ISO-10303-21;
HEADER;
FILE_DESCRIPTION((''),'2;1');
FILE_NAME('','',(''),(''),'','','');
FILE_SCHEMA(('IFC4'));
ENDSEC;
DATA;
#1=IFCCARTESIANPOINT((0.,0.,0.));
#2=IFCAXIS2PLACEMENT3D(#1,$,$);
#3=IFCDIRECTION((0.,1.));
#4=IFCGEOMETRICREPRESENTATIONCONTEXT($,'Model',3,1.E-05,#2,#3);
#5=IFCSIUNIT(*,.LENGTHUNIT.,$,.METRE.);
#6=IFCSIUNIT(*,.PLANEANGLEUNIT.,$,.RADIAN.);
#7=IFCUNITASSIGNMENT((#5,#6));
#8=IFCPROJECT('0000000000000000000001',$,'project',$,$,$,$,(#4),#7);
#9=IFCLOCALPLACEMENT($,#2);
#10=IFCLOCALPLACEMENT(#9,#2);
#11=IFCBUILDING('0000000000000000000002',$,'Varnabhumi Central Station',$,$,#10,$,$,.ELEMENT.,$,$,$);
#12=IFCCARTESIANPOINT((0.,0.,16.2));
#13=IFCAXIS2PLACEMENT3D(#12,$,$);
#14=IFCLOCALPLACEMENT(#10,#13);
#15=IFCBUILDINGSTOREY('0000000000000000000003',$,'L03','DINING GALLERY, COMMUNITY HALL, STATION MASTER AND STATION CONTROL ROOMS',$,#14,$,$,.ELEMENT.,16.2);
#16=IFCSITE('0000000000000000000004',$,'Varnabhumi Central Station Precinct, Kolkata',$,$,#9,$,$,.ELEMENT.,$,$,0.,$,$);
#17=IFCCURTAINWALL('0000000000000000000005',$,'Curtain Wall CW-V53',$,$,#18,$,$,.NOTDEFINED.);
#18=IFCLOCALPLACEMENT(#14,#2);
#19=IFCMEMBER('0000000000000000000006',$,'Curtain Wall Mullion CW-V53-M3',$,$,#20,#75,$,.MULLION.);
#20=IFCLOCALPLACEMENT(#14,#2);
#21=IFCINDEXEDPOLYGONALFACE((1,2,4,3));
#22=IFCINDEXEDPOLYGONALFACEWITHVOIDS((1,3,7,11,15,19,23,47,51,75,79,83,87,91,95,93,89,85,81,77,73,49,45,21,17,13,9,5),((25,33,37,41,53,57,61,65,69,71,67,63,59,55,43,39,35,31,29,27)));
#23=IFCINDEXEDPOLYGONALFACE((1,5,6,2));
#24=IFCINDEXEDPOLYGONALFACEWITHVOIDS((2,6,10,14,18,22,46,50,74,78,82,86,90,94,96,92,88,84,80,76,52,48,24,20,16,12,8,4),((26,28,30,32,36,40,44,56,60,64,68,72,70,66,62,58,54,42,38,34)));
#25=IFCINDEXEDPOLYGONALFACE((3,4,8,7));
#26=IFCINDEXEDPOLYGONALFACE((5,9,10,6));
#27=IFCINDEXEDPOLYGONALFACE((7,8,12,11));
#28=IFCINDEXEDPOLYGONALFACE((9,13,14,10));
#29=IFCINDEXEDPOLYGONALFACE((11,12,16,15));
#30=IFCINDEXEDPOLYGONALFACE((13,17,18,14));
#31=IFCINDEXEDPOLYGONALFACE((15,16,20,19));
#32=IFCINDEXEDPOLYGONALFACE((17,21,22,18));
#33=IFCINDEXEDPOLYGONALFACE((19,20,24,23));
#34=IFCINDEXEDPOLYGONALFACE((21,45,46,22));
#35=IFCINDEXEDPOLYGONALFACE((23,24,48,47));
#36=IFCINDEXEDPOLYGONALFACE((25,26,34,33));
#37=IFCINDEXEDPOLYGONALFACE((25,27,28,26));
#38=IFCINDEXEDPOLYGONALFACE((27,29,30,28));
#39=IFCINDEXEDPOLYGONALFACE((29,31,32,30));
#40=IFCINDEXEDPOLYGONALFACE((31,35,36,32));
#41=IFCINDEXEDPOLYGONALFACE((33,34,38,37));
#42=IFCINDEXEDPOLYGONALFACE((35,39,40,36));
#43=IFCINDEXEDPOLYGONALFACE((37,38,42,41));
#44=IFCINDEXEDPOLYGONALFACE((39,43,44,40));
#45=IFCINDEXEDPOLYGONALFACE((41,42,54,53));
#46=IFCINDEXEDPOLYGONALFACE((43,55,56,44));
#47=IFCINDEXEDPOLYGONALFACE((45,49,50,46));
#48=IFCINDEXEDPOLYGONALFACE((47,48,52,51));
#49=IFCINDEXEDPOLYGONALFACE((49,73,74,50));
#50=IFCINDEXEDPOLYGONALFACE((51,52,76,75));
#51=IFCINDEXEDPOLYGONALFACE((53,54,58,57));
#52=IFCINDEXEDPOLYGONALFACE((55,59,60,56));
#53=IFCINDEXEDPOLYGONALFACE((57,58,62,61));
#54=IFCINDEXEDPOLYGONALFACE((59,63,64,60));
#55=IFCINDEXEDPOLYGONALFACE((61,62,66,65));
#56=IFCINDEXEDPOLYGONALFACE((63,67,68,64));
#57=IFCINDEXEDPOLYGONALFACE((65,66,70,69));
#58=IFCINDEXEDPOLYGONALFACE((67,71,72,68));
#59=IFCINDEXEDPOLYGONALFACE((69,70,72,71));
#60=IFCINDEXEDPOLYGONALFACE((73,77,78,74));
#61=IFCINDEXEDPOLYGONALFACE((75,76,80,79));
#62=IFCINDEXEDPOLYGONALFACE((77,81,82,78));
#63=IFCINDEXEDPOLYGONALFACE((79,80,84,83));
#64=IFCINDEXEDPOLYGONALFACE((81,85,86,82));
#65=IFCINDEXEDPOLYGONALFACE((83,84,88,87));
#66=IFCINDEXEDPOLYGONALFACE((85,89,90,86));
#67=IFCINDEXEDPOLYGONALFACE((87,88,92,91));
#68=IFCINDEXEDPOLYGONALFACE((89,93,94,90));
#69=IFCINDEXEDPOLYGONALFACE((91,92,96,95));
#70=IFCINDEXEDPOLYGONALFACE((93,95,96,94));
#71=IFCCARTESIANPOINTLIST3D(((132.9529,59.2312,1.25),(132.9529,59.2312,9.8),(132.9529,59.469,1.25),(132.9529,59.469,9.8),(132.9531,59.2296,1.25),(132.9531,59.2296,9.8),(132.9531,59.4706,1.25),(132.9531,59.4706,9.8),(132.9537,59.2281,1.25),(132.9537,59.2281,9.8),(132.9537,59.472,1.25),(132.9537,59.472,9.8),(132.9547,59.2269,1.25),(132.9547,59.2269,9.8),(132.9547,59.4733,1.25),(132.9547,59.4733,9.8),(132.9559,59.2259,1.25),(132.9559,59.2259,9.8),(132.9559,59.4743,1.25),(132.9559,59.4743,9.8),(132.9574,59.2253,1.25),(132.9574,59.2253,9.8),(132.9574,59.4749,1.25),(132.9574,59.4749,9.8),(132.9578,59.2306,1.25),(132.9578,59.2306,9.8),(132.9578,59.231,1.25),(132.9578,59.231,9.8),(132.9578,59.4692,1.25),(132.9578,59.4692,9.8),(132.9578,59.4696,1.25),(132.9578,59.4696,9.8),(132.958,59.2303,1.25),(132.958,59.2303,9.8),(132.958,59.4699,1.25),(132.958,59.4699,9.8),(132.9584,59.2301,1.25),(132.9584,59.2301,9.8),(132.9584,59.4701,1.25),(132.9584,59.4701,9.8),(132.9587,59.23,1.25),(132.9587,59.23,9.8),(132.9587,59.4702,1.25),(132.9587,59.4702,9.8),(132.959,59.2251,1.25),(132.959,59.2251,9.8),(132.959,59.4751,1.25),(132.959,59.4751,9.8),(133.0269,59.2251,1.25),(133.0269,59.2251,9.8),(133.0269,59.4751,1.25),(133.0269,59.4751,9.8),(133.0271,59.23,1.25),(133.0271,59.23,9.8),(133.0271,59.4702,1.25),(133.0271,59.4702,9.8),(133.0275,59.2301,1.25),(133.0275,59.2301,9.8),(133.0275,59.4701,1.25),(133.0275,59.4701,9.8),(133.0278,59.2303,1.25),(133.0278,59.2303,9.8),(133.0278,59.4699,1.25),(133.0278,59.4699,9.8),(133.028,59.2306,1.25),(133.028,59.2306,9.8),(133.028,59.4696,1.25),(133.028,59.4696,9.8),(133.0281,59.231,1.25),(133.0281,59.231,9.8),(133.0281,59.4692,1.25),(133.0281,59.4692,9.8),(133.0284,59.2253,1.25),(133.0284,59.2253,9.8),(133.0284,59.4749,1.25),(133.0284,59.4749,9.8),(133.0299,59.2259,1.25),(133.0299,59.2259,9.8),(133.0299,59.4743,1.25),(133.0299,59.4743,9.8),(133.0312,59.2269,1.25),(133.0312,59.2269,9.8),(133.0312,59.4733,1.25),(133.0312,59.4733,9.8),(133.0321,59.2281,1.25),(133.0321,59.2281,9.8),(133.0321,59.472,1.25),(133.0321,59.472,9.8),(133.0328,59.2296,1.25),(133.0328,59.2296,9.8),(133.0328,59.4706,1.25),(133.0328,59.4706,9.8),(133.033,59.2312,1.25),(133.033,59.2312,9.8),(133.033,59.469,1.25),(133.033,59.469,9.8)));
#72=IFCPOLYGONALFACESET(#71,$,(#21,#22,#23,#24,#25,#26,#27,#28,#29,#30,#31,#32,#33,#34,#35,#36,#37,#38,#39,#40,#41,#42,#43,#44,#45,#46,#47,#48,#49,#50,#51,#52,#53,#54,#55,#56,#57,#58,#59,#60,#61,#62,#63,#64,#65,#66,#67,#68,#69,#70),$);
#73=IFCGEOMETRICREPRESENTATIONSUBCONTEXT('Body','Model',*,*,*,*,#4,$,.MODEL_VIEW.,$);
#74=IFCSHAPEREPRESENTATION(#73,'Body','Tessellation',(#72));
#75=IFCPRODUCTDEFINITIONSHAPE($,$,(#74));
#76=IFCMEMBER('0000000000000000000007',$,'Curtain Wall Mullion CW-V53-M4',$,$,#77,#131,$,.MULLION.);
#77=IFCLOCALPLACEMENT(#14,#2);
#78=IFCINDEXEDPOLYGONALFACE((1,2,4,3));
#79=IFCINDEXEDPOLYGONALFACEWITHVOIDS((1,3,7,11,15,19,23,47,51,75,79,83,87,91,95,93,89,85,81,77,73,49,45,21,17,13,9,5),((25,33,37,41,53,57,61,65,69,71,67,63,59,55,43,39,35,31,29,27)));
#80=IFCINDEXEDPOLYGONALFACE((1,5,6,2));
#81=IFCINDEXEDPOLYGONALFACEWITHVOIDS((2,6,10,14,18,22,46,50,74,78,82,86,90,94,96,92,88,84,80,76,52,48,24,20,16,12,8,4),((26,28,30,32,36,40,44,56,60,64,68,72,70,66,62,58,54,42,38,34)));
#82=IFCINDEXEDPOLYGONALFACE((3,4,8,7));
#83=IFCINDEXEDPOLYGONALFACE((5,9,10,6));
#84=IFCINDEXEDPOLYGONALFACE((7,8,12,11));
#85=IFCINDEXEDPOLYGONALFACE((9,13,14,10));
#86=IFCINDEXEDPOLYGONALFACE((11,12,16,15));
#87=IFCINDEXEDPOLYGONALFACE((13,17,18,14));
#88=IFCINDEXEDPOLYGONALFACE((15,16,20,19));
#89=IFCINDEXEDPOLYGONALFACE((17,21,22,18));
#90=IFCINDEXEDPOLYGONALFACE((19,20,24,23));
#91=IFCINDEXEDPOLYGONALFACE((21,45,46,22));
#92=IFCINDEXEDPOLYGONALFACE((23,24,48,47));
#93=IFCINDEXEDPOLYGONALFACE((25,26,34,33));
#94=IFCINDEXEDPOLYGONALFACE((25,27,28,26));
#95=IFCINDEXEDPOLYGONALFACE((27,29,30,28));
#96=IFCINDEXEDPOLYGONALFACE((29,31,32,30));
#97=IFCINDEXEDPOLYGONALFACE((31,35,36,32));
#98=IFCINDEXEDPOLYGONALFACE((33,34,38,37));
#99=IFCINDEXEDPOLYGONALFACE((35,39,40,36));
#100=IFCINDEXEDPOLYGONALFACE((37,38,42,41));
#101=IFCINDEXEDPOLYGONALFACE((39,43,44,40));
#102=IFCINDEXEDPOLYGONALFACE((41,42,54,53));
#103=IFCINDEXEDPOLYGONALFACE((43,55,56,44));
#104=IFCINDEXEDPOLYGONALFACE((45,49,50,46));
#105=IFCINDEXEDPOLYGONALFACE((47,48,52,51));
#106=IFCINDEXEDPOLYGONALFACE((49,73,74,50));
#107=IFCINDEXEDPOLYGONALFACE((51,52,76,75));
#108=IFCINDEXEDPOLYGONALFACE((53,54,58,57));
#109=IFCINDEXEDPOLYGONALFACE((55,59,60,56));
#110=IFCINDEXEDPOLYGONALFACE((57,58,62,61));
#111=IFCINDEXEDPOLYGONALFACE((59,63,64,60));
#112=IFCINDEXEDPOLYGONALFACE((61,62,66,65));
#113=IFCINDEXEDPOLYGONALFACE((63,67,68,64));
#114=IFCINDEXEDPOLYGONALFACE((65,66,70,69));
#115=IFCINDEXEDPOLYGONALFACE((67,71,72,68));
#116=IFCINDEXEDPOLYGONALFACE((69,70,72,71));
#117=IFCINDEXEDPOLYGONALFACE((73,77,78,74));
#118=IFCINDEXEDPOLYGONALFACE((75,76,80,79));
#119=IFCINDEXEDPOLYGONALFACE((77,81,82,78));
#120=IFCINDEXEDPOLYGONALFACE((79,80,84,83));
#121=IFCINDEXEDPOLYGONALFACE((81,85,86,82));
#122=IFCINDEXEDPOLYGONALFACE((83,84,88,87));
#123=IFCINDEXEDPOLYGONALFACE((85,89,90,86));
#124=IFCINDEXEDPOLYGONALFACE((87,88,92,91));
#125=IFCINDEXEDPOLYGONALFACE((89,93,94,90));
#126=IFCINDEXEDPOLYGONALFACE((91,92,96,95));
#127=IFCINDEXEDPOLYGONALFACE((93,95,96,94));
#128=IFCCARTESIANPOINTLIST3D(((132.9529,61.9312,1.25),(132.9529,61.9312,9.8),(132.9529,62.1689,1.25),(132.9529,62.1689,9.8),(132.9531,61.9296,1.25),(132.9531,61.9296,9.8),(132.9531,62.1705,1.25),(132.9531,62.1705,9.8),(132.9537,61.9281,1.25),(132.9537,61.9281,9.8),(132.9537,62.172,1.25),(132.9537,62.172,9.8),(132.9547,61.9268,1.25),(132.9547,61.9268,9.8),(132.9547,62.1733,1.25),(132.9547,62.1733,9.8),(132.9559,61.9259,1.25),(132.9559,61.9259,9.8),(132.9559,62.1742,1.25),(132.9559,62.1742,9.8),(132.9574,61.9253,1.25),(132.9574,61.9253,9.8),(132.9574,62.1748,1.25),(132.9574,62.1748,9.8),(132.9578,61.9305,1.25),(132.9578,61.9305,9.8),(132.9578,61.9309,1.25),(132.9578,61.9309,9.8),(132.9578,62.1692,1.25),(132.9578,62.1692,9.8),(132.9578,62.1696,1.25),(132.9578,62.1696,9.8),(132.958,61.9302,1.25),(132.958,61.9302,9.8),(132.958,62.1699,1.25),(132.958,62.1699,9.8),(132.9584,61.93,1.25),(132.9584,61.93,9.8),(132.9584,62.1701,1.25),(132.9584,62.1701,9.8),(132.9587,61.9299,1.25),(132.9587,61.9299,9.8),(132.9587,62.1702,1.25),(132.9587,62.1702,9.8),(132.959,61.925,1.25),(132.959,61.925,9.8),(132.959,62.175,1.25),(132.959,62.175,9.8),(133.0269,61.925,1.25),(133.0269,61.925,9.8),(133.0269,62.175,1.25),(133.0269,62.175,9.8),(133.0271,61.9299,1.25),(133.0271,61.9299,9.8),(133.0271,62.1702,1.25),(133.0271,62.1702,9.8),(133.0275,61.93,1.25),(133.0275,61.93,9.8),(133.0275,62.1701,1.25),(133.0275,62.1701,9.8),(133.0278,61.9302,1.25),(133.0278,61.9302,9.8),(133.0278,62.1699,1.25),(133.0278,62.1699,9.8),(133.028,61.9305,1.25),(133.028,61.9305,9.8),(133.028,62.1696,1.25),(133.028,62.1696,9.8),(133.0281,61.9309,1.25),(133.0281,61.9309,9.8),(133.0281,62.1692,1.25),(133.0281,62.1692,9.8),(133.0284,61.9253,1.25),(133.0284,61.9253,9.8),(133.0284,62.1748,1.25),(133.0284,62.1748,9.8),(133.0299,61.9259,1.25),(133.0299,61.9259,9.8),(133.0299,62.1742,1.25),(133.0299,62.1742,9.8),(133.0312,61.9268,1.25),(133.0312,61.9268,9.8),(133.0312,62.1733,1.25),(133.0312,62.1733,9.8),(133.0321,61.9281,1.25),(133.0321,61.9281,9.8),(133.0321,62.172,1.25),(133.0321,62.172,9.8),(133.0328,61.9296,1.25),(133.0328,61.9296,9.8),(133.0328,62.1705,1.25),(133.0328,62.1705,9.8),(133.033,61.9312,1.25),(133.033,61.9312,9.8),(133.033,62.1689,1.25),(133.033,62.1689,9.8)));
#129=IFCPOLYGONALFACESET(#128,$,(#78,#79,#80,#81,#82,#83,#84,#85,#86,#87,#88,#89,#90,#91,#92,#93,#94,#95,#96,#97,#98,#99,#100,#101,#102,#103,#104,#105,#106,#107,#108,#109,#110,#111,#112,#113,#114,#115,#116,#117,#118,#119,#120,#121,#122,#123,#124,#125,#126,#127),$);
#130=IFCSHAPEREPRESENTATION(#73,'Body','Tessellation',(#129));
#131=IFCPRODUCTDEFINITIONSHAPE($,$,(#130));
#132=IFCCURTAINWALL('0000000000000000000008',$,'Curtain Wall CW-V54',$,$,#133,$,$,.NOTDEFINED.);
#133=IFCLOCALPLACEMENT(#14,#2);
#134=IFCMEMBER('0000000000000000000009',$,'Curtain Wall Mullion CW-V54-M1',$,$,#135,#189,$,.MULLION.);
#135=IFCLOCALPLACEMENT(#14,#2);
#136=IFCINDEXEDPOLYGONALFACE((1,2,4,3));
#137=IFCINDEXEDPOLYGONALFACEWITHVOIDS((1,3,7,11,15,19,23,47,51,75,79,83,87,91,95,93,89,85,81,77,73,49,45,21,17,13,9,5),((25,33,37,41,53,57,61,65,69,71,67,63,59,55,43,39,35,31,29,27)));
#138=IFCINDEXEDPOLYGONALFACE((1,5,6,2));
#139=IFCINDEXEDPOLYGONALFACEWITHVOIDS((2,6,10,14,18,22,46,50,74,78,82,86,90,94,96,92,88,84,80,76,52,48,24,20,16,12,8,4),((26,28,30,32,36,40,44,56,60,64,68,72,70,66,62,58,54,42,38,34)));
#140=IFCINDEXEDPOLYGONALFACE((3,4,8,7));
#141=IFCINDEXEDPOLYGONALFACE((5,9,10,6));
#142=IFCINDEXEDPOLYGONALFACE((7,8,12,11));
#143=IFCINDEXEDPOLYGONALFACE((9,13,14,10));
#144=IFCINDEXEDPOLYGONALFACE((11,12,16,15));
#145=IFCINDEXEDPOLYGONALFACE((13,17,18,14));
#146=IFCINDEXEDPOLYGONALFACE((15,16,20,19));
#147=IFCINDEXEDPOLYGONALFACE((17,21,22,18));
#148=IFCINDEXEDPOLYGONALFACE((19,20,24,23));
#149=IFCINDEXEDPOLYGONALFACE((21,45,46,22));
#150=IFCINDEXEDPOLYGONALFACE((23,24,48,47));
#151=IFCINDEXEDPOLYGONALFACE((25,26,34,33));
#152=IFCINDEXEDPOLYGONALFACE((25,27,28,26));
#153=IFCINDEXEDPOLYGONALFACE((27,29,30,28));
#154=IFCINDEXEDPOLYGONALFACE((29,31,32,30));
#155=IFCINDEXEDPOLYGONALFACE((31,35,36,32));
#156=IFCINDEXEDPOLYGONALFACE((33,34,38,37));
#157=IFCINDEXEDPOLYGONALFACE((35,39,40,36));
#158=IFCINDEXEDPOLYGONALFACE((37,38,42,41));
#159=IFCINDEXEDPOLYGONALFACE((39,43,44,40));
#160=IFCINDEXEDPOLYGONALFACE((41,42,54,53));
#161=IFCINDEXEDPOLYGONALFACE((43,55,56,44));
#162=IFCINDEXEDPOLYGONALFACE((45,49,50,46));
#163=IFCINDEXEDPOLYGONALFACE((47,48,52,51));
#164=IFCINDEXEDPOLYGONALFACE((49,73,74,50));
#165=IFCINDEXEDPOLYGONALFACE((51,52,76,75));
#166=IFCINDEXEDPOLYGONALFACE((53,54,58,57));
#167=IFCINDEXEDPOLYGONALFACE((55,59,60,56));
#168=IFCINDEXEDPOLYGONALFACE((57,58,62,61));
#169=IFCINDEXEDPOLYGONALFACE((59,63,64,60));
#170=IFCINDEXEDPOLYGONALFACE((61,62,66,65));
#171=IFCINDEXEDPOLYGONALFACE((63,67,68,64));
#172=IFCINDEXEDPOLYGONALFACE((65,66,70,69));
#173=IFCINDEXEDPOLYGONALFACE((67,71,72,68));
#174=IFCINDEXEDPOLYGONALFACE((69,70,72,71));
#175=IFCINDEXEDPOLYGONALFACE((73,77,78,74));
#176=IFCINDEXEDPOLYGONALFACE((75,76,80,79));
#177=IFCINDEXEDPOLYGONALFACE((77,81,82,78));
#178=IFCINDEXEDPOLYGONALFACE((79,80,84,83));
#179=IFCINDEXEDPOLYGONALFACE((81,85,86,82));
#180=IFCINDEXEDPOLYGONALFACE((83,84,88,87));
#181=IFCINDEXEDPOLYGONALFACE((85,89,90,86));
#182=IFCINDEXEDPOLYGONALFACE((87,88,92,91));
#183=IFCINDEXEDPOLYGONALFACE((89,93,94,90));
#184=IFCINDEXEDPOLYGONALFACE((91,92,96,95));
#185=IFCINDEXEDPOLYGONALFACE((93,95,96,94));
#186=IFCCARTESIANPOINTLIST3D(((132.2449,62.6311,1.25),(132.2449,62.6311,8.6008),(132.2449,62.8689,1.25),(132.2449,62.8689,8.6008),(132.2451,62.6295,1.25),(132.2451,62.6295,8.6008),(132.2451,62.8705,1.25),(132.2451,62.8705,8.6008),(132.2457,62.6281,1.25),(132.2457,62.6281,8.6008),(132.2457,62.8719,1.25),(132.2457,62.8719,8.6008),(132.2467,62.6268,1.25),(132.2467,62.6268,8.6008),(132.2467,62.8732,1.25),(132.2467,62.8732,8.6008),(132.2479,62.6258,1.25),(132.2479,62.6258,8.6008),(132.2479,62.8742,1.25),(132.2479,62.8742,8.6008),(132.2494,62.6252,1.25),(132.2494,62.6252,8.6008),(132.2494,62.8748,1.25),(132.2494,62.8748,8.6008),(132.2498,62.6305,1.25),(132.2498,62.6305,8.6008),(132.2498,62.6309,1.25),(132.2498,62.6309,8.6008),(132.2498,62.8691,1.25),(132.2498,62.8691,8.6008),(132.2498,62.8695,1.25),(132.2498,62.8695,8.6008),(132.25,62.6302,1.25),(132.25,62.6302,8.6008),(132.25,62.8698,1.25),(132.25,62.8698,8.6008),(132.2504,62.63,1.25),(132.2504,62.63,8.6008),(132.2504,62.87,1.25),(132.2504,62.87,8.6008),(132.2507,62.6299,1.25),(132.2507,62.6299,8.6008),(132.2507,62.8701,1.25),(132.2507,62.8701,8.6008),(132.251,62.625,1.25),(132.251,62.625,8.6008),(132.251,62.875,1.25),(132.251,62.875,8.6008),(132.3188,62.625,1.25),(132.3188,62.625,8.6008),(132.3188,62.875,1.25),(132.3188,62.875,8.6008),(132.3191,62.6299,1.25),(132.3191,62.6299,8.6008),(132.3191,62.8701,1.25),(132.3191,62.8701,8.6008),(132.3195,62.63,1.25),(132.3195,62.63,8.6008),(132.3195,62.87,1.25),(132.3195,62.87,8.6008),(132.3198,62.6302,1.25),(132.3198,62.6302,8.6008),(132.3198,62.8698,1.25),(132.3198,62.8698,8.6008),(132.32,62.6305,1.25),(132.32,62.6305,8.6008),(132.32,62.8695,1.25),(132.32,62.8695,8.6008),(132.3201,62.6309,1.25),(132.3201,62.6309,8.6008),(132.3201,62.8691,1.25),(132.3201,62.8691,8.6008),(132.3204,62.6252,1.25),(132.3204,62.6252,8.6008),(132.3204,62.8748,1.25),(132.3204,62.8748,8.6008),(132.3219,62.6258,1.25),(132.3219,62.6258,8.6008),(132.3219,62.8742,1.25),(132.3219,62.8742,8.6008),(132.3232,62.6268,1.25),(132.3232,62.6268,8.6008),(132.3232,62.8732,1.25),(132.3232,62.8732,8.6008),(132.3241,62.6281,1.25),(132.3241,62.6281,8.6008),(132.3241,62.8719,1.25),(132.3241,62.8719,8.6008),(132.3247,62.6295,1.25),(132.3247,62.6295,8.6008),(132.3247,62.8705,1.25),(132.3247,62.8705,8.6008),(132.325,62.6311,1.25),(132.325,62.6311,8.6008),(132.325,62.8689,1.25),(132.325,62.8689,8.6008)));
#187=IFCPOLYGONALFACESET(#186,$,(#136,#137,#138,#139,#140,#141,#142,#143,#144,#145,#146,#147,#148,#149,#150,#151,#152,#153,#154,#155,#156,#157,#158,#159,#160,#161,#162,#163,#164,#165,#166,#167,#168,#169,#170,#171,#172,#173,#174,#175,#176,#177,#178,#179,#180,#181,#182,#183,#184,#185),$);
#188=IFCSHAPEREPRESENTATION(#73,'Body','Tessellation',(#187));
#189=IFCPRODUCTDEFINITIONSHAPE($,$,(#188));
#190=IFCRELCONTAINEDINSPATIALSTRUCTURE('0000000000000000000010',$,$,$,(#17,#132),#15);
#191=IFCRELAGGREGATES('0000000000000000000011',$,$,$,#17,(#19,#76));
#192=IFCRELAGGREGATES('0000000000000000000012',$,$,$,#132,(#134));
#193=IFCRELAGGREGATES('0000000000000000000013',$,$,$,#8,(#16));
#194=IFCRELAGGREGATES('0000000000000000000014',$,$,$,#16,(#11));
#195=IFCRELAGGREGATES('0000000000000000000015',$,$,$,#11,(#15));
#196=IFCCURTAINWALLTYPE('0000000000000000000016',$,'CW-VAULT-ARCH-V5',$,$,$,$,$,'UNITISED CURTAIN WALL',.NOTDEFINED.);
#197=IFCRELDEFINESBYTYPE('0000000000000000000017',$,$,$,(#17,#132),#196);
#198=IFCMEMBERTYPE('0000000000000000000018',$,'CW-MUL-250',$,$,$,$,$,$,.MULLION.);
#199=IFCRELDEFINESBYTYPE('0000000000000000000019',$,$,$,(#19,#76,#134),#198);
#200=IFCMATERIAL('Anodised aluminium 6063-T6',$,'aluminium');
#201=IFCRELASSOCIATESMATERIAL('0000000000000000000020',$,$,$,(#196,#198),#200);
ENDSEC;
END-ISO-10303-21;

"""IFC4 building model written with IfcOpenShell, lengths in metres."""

from ifc_helpers import new_model, si_unit, direction, frame, origin, origin_2d, place, context, subcontext, project, spatial, hollow_rectangle, extrude, material, material_profile, profile_set, type_object, element, aggregate, save


model = new_model("IFC4")

# Units and contexts
model_context = context("Model", 3, precision=1e-05, world=origin(), true_north=direction((0.0, 1.0)))
body_context = subcontext(model_context, "Body", "Model", "MODEL_VIEW")
ifc_project = project(units=[si_unit("LENGTHUNIT", "METRE"), si_unit("PLANEANGLEUNIT", "RADIAN")], contexts=[model_context])

# Site, building, storey
site_placement = place(None, origin())
site = spatial("IfcSite", under=ifc_project, at=site_placement, Name="Varnabhumi Central Station Precinct, Kolkata", CompositionType="ELEMENT", RefElevation=0.0)
building_placement = place(site_placement, origin())
building = spatial("IfcBuilding", under=site, at=building_placement, Name="Varnabhumi Central Station", CompositionType="ELEMENT")
storey_placement = place(building_placement, frame((0.0, 0.0, 16.2)))
storey = spatial("IfcBuildingStorey", under=building, at=storey_placement, Name="L03", Description="DINING GALLERY, COMMUNITY HALL, STATION MASTER AND STATION CONTROL ROOMS", CompositionType="ELEMENT", Elevation=16.2)

# Curtain walls, members
ifc_material_1 = material(Name="Anodised aluminium 6063-T6", Category="aluminium")
curtain_wall_type = type_object("IfcCurtainWallType", Name="CW-VAULT-ARCH-V5", ElementType="UNITISED CURTAIN WALL", PredefinedType="NOTDEFINED", material=ifc_material_1)
curtain_wall_1_placement = place(storey_placement, origin())
curtain_wall_1 = element("IfcCurtainWall", 1, at=curtain_wall_1_placement, inside=storey, type_object=curtain_wall_type, Name="Curtain Wall CW-V53", PredefinedType="NOTDEFINED")
ifc_material_profile_1 = material_profile(ifc_material_1, hollow_rectangle(XDim=0.0801, YDim=0.25, WallThickness=0.0049, InnerFilletRadius=0.001, OuterFilletRadius=0.0061, at=origin_2d()), Name="Anodised aluminium 6063-T6", Category="aluminium")
ifc_profile_set_1 = profile_set([ifc_material_profile_1], Name="Anodised aluminium 6063-T6")
member_type_1 = type_object("IfcMemberType", Name="CW-MUL-250", PredefinedType="MULLION", material=ifc_profile_set_1)
member_1_placement = place(storey_placement, frame((132.9929, 59.3501, 1.25), z_axis=(0.0, 0.0, 1.0), x_axis=(1.0, 0.0, 0.0)))
member_1 = element("IfcMember", 2, at=member_1_placement, type_object=member_type_1, Name="Curtain Wall Mullion CW-V53-M3", PredefinedType="MULLION", context=body_context, shape_type="SweptSolid", body=[
    extrude(hollow_rectangle(XDim=0.0801, YDim=0.25, WallThickness=0.0049, InnerFilletRadius=0.001, OuterFilletRadius=0.0061, at=origin_2d()), origin(), (0.0, 0.0, 1.0), 8.55),
])
member_2_placement = place(storey_placement, frame((132.9929, 62.05, 1.25), z_axis=(0.0, 0.0, 1.0), x_axis=(1.0, 0.0, 0.0)))
member_2 = element("IfcMember", 3, at=member_2_placement, type_object=member_type_1, Name="Curtain Wall Mullion CW-V53-M4", PredefinedType="MULLION", context=body_context, shape_type="SweptSolid", body=[
    extrude(hollow_rectangle(XDim=0.0801, YDim=0.25, WallThickness=0.0049, InnerFilletRadius=0.001, OuterFilletRadius=0.0061, at=origin_2d()), origin(), (0.0, 0.0, 1.0), 8.55),
])
curtain_wall_2_placement = place(storey_placement, origin())
curtain_wall_2 = element("IfcCurtainWall", 4, at=curtain_wall_2_placement, inside=storey, type_object=curtain_wall_type, Name="Curtain Wall CW-V54", PredefinedType="NOTDEFINED")
member_3_placement = place(storey_placement, frame((132.2849, 62.75, 1.25), z_axis=(0.0, 0.0, 1.0), x_axis=(1.0, 0.0, 0.0)))
member_3 = element("IfcMember", 5, at=member_3_placement, type_object=member_type_1, Name="Curtain Wall Mullion CW-V54-M1", PredefinedType="MULLION", context=body_context, shape_type="SweptSolid", body=[
    extrude(hollow_rectangle(XDim=0.0801, YDim=0.25, WallThickness=0.0049, InnerFilletRadius=0.001, OuterFilletRadius=0.0061, at=origin_2d()), origin(), (0.0, 0.0, 1.0), 7.3508),
])

aggregate(curtain_wall_1, [member_1, member_2])
aggregate(curtain_wall_2, [member_3])

save(model, "model.ifc")
